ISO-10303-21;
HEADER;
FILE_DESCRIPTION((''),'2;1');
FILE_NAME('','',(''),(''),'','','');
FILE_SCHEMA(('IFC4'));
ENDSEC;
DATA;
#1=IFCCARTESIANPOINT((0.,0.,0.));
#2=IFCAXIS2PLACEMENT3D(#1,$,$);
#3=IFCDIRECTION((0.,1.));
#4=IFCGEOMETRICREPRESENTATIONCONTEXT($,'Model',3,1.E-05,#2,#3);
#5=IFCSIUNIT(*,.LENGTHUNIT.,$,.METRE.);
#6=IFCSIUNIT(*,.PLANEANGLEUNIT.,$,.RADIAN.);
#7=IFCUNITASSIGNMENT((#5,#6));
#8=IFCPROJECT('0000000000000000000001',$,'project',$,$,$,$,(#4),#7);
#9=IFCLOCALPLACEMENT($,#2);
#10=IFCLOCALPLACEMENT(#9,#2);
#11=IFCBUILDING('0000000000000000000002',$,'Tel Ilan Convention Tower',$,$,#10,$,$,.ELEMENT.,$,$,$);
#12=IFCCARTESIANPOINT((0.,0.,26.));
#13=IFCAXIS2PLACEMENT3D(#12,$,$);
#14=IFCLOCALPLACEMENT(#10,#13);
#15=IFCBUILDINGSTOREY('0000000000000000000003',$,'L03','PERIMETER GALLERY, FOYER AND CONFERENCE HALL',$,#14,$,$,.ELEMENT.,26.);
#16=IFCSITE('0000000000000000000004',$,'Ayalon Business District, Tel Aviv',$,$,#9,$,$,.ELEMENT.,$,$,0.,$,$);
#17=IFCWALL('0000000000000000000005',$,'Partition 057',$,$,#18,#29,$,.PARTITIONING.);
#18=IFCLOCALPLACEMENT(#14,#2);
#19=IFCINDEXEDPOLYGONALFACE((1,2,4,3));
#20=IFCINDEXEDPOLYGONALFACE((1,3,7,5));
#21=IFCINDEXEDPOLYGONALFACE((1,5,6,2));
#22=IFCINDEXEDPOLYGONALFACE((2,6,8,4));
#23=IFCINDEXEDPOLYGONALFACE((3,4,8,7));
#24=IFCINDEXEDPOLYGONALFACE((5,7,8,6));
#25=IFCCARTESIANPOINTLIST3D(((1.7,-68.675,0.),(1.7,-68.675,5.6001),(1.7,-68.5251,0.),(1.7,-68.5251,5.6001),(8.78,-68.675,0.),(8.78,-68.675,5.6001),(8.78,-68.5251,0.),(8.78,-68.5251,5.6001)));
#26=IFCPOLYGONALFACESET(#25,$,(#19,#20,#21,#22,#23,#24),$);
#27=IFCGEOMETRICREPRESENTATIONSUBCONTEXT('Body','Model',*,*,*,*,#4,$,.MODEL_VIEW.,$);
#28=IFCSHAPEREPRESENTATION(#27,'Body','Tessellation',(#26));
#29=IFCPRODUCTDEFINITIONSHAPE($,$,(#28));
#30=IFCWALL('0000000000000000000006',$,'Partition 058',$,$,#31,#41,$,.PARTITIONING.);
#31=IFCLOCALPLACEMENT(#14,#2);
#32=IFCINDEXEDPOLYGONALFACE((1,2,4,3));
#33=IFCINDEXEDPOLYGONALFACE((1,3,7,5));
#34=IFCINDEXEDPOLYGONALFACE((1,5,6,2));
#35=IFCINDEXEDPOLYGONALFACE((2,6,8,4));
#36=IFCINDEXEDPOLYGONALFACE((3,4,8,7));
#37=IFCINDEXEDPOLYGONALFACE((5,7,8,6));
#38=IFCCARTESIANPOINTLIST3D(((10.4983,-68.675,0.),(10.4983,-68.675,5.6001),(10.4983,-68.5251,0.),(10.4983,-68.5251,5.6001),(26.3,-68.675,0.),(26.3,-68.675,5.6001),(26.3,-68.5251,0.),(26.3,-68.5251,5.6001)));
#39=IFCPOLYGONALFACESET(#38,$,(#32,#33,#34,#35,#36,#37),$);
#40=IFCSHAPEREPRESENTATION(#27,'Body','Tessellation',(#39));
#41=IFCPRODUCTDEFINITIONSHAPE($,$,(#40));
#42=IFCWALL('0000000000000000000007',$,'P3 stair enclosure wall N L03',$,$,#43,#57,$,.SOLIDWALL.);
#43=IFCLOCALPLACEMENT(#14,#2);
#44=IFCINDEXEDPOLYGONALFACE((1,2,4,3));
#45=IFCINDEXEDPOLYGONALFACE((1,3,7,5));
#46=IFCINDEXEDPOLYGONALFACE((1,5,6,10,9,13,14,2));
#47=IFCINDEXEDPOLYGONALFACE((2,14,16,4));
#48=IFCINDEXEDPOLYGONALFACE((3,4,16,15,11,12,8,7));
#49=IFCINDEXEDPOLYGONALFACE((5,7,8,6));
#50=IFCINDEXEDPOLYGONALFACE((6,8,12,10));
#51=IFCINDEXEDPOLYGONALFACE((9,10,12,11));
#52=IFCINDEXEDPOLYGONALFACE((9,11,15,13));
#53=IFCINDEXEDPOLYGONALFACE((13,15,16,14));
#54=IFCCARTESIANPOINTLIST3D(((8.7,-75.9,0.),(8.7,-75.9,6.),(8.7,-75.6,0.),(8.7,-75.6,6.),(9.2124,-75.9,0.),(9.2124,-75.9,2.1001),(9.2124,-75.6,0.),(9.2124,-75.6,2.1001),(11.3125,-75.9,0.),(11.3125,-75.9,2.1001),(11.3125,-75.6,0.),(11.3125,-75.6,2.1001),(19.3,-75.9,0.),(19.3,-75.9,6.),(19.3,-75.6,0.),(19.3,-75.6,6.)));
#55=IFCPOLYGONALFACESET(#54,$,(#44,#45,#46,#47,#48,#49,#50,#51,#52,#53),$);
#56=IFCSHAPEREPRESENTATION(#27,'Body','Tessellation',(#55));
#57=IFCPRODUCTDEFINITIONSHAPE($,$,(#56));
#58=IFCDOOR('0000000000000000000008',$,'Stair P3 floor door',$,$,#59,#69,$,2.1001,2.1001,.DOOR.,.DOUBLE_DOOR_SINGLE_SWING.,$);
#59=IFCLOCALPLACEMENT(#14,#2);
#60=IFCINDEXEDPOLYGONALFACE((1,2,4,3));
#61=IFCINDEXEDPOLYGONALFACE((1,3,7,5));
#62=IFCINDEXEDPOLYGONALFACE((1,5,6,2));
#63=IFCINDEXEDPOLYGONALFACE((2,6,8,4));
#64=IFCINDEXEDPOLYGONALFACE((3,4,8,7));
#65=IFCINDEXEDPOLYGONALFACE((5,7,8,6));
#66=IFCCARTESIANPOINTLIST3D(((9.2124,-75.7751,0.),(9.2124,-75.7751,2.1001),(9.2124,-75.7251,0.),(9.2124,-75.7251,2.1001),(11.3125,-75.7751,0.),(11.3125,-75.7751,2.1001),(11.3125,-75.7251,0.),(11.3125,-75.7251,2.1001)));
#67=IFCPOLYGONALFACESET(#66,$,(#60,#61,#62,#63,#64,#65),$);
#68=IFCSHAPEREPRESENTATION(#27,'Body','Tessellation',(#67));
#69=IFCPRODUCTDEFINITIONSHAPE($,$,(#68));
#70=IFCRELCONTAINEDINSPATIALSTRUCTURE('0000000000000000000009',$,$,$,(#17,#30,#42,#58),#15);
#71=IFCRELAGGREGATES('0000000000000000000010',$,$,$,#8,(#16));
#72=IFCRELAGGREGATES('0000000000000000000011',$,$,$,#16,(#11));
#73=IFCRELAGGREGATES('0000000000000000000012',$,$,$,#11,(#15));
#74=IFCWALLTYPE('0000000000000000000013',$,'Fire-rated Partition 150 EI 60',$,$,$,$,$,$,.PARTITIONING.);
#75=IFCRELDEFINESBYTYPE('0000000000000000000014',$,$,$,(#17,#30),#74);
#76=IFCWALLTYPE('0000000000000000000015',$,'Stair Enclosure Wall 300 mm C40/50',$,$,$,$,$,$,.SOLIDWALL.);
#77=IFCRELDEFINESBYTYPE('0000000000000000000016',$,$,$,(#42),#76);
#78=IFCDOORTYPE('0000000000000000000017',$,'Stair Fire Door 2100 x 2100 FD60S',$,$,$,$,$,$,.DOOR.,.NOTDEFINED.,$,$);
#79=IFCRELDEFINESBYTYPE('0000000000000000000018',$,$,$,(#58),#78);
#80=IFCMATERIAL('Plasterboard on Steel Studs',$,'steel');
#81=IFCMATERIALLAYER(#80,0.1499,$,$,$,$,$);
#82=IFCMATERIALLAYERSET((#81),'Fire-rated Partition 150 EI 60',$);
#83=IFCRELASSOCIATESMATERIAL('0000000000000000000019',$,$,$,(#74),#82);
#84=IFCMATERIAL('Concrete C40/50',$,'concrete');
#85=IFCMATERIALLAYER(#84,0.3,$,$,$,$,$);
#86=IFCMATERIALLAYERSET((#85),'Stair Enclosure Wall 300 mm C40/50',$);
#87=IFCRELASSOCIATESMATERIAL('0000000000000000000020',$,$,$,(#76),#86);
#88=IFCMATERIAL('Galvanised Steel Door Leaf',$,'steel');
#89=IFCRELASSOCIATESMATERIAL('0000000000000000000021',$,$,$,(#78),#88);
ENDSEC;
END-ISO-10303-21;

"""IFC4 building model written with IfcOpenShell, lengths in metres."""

from ifc_helpers import new_model, si_unit, direction, frame, frame_2d, origin, place, context, subcontext, project, spatial, rectangle, extrude, material, layer, layer_set, type_object, element, fill, save


model = new_model("IFC4")

# Units and contexts
model_context = context("Model", 3, precision=1e-05, world=origin(), true_north=direction((0.0, 1.0)))
body_context = subcontext(model_context, "Body", "Model", "MODEL_VIEW")
ifc_project = project(units=[si_unit("LENGTHUNIT", "METRE"), si_unit("PLANEANGLEUNIT", "RADIAN")], contexts=[model_context])

# Site, building, storey
site_placement = place(None, origin())
site = spatial("IfcSite", under=ifc_project, at=site_placement, Name="Ayalon Business District, Tel Aviv", CompositionType="ELEMENT", RefElevation=0.0)
building_placement = place(site_placement, origin())
building = spatial("IfcBuilding", under=site, at=building_placement, Name="Tel Ilan Convention Tower", CompositionType="ELEMENT")
storey_placement = place(building_placement, frame((0.0, 0.0, 26.0)))
storey = spatial("IfcBuildingStorey", under=building, at=storey_placement, Name="L03", Description="PERIMETER GALLERY, FOYER AND CONFERENCE HALL", CompositionType="ELEMENT", Elevation=26.0)

# Walls
ifc_material_1 = material(Name="Plasterboard on Steel Studs", Category="steel")
ifc_layer_1 = layer(ifc_material_1, 0.1499)
ifc_layer_set_1 = layer_set([ifc_layer_1], Name="Fire-rated Partition 150 EI 60")
wall_type_1 = type_object("IfcWallType", Name="Fire-rated Partition 150 EI 60", PredefinedType="PARTITIONING", material=ifc_layer_set_1)
wall_1_placement = place(storey_placement, frame((1.7, -68.6001, 0.0), z_axis=(0.0, 0.0, 1.0), x_axis=(1.0, 0.0, 0.0)))
element("IfcWall", 1, at=wall_1_placement, inside=storey, type_object=wall_type_1, Name="Partition 057", PredefinedType="PARTITIONING", context=body_context, shape_type="SweptSolid", body=[
    extrude(rectangle(XDim=7.0801, YDim=0.1499, at=frame_2d((3.54, 0.0))), origin(), (0.0, 0.0, 1.0), 5.6001),
])
wall_2_placement = place(storey_placement, frame((10.4983, -68.6001, 0.0), z_axis=(0.0, 0.0, 1.0), x_axis=(1.0, 0.0, 0.0)))
element("IfcWall", 2, at=wall_2_placement, inside=storey, type_object=wall_type_1, Name="Partition 058", PredefinedType="PARTITIONING", context=body_context, shape_type="SweptSolid", body=[
    extrude(rectangle(XDim=15.8018, YDim=0.1499, at=frame_2d((7.9009, 0.0))), origin(), (0.0, 0.0, 1.0), 5.6001),
])

# Wall, opening, door
ifc_material_2 = material(Name="Concrete C40/50", Category="concrete")
ifc_layer_2 = layer(ifc_material_2, 0.3)
ifc_layer_set_2 = layer_set([ifc_layer_2], Name="Stair Enclosure Wall 300 mm C40/50")
wall_type_2 = type_object("IfcWallType", Name="Stair Enclosure Wall 300 mm C40/50", PredefinedType="SOLIDWALL", material=ifc_layer_set_2)
wall_3_placement = place(storey_placement, frame((8.7, -75.75, 0.0), z_axis=(0.0, 0.0, 1.0), x_axis=(1.0, 0.0, 0.0)))
wall_3 = element("IfcWall", 3, at=wall_3_placement, inside=storey, type_object=wall_type_2, Name="P3 stair enclosure wall N L03", PredefinedType="SOLIDWALL", context=body_context, shape_type="SweptSolid", body=[
    extrude(rectangle(XDim=10.6001, YDim=0.3, at=frame_2d((5.3, 0.0))), origin(), (0.0, 0.0, 1.0), 6.0),
])
opening_placement = place(wall_3_placement, frame((0.5125, 0.0, 0.0)))
opening = element("IfcOpeningElement", 4, at=opening_placement, cuts=wall_3, PredefinedType="OPENING", context=body_context, shape_type="SweptSolid", body=[
    extrude(rectangle(XDim=2.1001, YDim=2.1001, at=frame_2d((1.05, 1.05))), frame((0.0, 0.1599, 0.0), z_axis=(0.0, -1.0, 0.0), x_axis=(1.0, 0.0, 0.0)), (0.0, 0.0, 1.0), 0.3201),
])
ifc_material_3 = material(Name="Galvanised Steel Door Leaf", Category="steel")
door_type = type_object("IfcDoorType", Name="Stair Fire Door 2100 x 2100 FD60S", OperationType="NOTDEFINED", PredefinedType="DOOR", material=ifc_material_3)
door_placement = place(opening_placement, origin())
door = element("IfcDoor", 5, at=door_placement, inside=storey, type_object=door_type, Name="Stair P3 floor door", OperationType="DOUBLE_DOOR_SINGLE_SWING", OverallHeight=2.1001, OverallWidth=2.1001, PredefinedType="DOOR", context=body_context, shape_type="SweptSolid", body=[
    extrude(rectangle(XDim=2.1001, YDim=2.1001, at=frame_2d((1.05, 1.05))), frame((0.0, 0.0249, 0.0), z_axis=(0.0, -1.0, 0.0), x_axis=(1.0, 0.0, 0.0)), (0.0, 0.0, 1.0), 0.05),
])
fill(opening, door)

save(model, "model.ifc")
